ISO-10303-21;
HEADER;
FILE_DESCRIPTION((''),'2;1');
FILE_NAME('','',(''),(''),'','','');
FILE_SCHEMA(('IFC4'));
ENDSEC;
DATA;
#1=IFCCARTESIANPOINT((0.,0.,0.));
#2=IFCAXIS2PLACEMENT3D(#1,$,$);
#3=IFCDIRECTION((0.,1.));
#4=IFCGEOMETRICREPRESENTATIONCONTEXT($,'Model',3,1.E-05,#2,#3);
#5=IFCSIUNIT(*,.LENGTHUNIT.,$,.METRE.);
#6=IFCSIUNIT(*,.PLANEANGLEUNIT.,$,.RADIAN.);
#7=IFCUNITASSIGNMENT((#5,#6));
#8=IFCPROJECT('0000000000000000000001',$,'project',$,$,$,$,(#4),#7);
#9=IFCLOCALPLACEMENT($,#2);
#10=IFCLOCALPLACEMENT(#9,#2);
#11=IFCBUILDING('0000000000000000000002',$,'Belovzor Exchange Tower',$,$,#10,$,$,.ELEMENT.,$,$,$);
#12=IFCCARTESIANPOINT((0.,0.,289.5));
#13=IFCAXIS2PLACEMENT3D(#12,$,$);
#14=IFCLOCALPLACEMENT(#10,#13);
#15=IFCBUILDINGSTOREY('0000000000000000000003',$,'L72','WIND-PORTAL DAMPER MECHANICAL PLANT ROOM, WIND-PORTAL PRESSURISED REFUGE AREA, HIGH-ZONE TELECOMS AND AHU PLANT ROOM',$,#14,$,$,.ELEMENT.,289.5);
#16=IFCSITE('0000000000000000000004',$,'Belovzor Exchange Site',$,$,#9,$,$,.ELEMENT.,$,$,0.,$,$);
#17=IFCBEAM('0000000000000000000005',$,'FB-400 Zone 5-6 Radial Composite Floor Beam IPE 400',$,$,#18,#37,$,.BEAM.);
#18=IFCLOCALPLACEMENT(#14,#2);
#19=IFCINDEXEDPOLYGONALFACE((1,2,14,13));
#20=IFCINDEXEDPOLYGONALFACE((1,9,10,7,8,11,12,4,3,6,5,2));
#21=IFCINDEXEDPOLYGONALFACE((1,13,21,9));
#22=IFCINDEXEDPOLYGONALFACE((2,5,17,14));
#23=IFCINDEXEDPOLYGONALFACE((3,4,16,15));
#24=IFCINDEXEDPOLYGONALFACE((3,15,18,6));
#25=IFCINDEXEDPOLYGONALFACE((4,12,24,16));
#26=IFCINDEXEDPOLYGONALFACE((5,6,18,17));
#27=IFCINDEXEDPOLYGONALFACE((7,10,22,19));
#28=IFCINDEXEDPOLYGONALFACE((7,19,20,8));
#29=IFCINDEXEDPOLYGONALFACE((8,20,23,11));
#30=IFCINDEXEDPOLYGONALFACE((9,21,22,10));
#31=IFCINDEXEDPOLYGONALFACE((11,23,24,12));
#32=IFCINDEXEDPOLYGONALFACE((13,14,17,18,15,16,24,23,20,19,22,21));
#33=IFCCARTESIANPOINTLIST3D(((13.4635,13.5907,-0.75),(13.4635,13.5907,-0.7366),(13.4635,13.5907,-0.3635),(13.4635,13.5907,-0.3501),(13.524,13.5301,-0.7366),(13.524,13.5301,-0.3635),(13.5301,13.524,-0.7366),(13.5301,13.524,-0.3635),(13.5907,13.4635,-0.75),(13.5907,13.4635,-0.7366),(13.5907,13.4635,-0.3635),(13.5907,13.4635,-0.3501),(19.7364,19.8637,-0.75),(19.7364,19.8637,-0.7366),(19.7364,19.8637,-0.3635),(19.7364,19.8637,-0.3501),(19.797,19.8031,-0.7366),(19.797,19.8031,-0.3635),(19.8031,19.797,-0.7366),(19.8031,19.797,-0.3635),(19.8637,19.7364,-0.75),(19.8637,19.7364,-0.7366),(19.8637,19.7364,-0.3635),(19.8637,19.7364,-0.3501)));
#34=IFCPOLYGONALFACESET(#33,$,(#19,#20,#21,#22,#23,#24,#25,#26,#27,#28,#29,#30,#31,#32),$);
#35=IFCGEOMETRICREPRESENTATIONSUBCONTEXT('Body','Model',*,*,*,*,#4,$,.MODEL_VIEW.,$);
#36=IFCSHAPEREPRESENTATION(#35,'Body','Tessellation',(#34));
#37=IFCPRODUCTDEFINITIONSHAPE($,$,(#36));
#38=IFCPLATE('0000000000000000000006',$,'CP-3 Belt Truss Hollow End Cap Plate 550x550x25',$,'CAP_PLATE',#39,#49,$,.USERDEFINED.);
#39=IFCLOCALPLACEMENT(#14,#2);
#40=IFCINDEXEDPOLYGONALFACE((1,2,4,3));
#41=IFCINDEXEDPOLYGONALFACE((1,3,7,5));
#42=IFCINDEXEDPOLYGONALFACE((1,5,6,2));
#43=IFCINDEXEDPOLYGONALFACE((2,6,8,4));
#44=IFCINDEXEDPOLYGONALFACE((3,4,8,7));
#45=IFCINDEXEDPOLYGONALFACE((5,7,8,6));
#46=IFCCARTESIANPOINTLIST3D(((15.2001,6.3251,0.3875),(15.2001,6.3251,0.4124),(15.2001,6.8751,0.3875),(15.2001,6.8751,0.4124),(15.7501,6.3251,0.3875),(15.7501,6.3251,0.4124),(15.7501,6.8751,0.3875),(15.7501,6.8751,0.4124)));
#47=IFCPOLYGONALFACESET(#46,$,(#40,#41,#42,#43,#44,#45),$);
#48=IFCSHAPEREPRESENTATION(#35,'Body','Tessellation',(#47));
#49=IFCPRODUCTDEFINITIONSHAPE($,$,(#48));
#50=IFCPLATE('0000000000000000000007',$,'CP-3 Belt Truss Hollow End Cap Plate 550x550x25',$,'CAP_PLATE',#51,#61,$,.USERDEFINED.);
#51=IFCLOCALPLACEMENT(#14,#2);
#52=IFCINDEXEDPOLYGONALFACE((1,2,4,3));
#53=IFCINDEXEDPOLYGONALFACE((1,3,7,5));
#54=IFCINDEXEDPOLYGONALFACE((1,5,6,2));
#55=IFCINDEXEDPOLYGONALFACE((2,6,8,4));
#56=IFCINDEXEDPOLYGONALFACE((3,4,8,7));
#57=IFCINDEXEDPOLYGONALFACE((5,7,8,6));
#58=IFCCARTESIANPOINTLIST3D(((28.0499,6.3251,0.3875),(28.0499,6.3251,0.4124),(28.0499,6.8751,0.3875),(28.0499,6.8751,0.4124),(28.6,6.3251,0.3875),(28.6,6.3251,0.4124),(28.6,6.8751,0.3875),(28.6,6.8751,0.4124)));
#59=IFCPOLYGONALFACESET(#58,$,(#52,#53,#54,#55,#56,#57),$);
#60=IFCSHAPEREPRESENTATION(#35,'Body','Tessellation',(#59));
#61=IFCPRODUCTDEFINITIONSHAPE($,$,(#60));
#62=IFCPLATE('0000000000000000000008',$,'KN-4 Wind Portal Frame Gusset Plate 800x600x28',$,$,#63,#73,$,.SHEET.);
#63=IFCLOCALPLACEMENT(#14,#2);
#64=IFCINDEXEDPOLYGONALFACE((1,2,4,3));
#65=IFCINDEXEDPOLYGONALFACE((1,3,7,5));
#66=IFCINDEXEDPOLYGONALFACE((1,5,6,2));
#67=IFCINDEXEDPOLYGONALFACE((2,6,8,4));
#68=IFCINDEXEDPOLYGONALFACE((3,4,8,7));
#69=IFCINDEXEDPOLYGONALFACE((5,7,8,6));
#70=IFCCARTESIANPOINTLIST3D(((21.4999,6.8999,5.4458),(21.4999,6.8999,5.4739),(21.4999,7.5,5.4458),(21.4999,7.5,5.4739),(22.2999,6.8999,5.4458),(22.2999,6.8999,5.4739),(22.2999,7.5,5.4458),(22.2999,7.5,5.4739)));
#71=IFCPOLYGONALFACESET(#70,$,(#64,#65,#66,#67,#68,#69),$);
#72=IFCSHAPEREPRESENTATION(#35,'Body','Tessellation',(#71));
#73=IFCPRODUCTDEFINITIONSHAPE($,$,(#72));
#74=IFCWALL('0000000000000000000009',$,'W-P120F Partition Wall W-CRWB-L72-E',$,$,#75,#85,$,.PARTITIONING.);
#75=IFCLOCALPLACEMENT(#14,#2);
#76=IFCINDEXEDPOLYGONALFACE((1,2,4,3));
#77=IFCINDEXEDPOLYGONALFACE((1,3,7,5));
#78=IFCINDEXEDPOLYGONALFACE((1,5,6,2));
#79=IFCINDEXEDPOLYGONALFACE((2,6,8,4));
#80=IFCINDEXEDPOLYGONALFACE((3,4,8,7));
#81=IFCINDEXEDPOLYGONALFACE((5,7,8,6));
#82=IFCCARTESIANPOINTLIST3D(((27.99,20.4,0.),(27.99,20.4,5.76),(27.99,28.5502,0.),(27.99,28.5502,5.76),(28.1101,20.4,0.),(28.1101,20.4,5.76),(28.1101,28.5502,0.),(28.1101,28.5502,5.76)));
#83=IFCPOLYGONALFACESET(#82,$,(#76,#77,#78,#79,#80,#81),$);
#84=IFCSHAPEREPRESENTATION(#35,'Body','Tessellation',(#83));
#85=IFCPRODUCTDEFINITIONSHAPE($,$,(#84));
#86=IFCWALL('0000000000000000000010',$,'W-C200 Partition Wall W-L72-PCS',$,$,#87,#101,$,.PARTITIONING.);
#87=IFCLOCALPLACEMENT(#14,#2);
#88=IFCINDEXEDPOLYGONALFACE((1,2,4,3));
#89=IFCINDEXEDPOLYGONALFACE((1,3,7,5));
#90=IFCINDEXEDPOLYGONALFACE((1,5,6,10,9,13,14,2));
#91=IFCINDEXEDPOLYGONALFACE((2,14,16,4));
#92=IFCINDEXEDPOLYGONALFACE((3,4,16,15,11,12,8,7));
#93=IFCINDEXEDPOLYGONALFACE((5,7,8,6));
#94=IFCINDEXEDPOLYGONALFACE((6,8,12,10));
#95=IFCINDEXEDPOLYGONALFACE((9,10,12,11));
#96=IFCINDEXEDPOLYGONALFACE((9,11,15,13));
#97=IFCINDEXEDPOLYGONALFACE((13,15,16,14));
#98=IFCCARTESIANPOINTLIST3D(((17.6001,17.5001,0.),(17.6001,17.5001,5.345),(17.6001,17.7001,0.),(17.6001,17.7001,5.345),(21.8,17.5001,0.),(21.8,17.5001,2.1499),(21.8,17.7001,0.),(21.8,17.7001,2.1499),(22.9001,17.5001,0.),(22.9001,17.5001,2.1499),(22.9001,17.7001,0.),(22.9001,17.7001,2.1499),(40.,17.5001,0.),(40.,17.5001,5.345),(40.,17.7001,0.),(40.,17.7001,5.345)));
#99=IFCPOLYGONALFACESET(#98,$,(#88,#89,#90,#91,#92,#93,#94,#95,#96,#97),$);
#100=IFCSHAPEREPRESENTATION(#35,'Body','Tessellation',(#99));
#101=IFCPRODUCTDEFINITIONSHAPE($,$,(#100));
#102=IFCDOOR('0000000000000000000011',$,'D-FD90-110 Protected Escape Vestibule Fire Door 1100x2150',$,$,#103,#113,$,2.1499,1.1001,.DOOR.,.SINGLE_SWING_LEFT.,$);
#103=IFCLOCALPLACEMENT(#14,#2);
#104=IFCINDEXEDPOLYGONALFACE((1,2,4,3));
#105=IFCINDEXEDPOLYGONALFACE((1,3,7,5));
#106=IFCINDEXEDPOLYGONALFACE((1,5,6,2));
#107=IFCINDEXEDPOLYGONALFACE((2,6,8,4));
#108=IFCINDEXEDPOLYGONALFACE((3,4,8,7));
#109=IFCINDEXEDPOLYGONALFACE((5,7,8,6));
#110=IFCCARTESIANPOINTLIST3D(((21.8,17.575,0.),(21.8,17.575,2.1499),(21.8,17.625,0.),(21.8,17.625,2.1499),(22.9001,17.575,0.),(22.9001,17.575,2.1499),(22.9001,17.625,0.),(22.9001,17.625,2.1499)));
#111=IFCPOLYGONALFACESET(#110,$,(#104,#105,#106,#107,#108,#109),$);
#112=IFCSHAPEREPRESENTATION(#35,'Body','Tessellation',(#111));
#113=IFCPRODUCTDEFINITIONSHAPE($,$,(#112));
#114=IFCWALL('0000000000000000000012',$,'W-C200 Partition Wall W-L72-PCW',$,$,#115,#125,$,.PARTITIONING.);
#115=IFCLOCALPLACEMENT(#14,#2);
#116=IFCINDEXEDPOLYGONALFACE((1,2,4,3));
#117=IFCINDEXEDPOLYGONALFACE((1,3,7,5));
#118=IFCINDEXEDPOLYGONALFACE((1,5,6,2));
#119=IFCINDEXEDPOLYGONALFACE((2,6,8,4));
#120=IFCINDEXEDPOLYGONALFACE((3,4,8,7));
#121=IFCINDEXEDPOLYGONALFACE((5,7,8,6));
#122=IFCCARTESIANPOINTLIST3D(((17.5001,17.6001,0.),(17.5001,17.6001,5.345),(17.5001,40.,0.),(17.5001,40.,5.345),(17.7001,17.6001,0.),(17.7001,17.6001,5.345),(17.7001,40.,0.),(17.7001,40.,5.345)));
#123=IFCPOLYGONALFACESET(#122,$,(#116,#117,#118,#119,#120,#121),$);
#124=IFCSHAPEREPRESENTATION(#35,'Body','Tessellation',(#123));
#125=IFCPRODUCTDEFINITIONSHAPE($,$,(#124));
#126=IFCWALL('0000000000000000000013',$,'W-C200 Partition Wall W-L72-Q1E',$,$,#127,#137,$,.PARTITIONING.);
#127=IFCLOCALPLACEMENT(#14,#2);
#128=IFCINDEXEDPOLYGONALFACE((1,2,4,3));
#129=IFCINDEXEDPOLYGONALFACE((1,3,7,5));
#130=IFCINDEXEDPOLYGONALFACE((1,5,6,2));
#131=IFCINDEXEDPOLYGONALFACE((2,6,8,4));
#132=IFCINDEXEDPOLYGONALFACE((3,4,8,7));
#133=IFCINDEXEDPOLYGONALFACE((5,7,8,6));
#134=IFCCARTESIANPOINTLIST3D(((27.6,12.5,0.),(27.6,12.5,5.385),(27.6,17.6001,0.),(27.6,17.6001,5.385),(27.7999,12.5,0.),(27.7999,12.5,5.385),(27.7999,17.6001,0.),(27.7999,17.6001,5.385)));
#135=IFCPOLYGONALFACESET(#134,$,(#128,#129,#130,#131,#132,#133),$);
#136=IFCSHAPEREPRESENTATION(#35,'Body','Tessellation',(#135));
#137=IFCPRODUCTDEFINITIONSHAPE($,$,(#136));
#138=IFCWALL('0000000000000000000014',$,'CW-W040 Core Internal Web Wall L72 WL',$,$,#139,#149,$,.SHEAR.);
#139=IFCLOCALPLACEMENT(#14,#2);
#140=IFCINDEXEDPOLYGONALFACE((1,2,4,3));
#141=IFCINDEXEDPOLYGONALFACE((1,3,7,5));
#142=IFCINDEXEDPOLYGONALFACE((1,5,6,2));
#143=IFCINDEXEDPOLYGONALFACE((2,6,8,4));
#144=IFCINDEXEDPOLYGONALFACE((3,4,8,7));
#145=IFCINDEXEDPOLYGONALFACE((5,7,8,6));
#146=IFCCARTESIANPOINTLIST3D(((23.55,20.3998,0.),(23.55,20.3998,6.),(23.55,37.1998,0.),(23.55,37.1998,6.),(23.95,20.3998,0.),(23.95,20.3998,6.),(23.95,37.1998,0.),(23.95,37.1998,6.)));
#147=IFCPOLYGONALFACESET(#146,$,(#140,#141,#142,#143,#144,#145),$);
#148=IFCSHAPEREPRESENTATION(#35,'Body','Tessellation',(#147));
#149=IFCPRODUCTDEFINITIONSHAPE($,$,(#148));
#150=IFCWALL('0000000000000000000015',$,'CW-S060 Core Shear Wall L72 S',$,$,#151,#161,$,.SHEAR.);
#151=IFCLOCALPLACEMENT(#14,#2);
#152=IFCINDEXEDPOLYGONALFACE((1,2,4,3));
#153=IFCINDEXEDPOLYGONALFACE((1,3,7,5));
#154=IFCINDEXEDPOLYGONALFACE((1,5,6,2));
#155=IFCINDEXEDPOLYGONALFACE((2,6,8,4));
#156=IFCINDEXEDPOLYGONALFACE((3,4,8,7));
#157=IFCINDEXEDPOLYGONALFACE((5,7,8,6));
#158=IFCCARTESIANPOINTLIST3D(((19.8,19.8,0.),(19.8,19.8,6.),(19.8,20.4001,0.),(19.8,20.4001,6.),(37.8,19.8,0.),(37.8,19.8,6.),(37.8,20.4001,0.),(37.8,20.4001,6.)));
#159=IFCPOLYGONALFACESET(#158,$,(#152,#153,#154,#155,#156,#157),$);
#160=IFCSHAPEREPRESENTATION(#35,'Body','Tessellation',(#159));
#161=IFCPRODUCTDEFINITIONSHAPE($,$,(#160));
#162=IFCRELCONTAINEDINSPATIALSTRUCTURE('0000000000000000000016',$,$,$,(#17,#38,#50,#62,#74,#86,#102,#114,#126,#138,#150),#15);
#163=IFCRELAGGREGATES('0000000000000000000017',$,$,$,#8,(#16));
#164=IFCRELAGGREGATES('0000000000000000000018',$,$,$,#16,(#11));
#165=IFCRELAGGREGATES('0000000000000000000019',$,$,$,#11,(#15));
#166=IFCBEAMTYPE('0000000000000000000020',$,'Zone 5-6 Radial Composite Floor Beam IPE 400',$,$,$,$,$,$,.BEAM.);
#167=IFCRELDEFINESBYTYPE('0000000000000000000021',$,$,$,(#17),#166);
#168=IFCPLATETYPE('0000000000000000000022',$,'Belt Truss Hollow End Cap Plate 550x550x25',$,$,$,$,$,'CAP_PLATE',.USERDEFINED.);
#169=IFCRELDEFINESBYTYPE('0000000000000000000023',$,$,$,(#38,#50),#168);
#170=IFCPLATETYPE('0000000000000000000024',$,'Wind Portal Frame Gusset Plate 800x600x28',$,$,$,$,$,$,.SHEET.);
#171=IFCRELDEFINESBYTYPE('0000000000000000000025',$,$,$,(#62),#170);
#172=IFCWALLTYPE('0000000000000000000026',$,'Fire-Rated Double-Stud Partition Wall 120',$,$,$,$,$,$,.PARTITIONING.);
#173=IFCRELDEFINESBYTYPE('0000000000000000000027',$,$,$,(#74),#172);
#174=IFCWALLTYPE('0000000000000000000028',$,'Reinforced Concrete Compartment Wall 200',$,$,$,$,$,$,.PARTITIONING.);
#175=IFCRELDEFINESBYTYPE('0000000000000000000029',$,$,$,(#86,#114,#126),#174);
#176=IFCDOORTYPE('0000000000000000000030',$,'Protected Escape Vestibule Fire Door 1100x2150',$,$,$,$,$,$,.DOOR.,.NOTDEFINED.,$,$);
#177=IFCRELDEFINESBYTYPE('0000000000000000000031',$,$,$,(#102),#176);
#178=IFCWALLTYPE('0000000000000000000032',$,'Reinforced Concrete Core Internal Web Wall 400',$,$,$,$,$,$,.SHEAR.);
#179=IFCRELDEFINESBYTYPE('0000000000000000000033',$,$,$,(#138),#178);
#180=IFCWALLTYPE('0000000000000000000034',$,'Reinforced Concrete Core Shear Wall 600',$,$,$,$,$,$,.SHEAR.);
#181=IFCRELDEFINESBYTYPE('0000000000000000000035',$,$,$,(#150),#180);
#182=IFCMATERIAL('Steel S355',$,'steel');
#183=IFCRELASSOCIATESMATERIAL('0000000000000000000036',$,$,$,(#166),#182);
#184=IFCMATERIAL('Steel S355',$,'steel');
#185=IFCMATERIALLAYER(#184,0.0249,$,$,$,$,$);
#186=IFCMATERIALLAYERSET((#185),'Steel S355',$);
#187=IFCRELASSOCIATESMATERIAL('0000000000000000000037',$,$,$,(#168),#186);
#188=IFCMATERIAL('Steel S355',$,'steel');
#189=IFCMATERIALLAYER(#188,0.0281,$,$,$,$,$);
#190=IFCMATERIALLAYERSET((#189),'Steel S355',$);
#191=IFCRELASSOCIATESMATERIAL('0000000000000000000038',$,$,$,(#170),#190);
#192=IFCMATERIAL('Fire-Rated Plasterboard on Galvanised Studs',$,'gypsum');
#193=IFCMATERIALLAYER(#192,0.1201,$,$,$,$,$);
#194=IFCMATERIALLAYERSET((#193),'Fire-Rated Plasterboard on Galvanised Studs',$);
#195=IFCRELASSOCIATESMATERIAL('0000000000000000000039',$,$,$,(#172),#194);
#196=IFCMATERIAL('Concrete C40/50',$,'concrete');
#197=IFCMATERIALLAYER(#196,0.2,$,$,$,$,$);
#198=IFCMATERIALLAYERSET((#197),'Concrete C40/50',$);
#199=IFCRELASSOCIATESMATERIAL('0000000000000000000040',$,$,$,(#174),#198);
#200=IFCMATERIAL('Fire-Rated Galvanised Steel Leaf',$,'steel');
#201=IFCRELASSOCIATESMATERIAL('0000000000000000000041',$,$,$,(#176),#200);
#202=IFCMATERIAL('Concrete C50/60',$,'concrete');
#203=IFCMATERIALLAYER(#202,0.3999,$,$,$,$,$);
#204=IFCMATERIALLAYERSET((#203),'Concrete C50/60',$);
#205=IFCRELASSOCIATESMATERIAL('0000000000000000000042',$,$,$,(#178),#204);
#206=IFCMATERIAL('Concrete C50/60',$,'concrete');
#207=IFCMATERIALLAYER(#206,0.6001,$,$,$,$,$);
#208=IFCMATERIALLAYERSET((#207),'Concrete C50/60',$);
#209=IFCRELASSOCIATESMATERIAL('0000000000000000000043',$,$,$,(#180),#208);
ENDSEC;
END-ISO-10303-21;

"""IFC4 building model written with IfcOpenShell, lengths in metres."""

from ifc_helpers import new_model, si_unit, direction, frame, frame_2d, origin, origin_2d, place, context, subcontext, project, spatial, rectangle, i_section, extrude, material, layer, layer_set, material_profile, profile_set, type_object, element, fill, save


model = new_model("IFC4")

# Units and contexts
model_context = context("Model", 3, precision=1e-05, world=origin(), true_north=direction((0.0, 1.0)))
body_context = subcontext(model_context, "Body", "Model", "MODEL_VIEW")
ifc_project = project(units=[si_unit("LENGTHUNIT", "METRE"), si_unit("PLANEANGLEUNIT", "RADIAN")], contexts=[model_context])

# Site, building, storey
site_placement = place(None, origin())
site = spatial("IfcSite", under=ifc_project, at=site_placement, Name="Belovzor Exchange Site", CompositionType="ELEMENT", RefElevation=0.0)
building_placement = place(site_placement, origin())
building = spatial("IfcBuilding", under=site, at=building_placement, Name="Belovzor Exchange Tower", CompositionType="ELEMENT")
storey_placement = place(building_placement, frame((0.0, 0.0, 289.5)))
storey = spatial("IfcBuildingStorey", under=building, at=storey_placement, Name="L72", Description="WIND-PORTAL DAMPER MECHANICAL PLANT ROOM, WIND-PORTAL PRESSURISED REFUGE AREA, HIGH-ZONE TELECOMS AND AHU PLANT ROOM", CompositionType="ELEMENT", Elevation=289.5)

# Beam
ifc_material_1 = material(Name="Steel S355", Category="steel")
ifc_material_profile_1 = material_profile(ifc_material_1, i_section(OverallWidth=0.1799, OverallDepth=0.3999, WebThickness=0.0085, FlangeThickness=0.0134, at=origin_2d()))
ifc_profile_set_1 = profile_set([ifc_material_profile_1], Name="Steel S355")
beam_type_1 = type_object("IfcBeamType", Name="Zone 5-6 Radial Composite Floor Beam IPE 400", PredefinedType="BEAM", material=ifc_profile_set_1)
beam_1_placement = place(storey_placement, frame((19.8, 19.8, -0.55), z_axis=(-0.707107, -0.707107, 0.0), x_axis=(0.707107, -0.707107, 0.0)))
element("IfcBeam", 1, at=beam_1_placement, inside=storey, type_object=beam_type_1, Name="FB-400 Zone 5-6 Radial Composite Floor Beam IPE 400", PredefinedType="BEAM", context=body_context, shape_type="SweptSolid", body=[
    extrude(i_section(OverallWidth=0.1799, OverallDepth=0.3999, WebThickness=0.0085, FlangeThickness=0.0134, at=origin_2d()), origin(), (0.0, 0.0, 1.0), 8.8713),
])

# Plates
ifc_material_2 = material(Name="Steel S355", Category="steel")
ifc_layer_1 = layer(ifc_material_2, 0.0249)
ifc_layer_set_1 = layer_set([ifc_layer_1], Name="Steel S355")
plate_type_1 = type_object("IfcPlateType", Name="Belt Truss Hollow End Cap Plate 550x550x25", ElementType="CAP_PLATE", PredefinedType="USERDEFINED", material=ifc_layer_set_1)
for number, where, z_axis, x_axis, name in (
    (2, (15.4751, 6.6001, 0.3875), (0.0, 0.0, 1.0), (1.0, 0.0, 0.0), "CP-3 Belt Truss Hollow End Cap Plate 550x550x25"),
    (3, (28.325, 6.6001, 0.3875), (0.0, 0.0, 1.0), (1.0, 0.0, 0.0), "CP-3 Belt Truss Hollow End Cap Plate 550x550x25"),
):
    element("IfcPlate", number, at=place(storey_placement, frame(where, z_axis=z_axis, x_axis=x_axis)), inside=storey, type_object=plate_type_1, Name=name, ObjectType="CAP_PLATE", PredefinedType="USERDEFINED", context=body_context, shape_type="SweptSolid", body=[
        extrude(rectangle(XDim=0.55, YDim=0.55, at=origin_2d()), origin(), (0.0, 0.0, 1.0), 0.0249),
    ])
ifc_material_3 = material(Name="Steel S355", Category="steel")
ifc_layer_2 = layer(ifc_material_3, 0.0281)
ifc_layer_set_2 = layer_set([ifc_layer_2], Name="Steel S355")
plate_type_2 = type_object("IfcPlateType", Name="Wind Portal Frame Gusset Plate 800x600x28", PredefinedType="SHEET", material=ifc_layer_set_2)
plate_placement = place(storey_placement, frame((21.8999, 7.2, 5.4458), z_axis=(0.0, 0.0, 1.0), x_axis=(1.0, 0.0, 0.0)))
element("IfcPlate", 4, at=plate_placement, inside=storey, type_object=plate_type_2, Name="KN-4 Wind Portal Frame Gusset Plate 800x600x28", PredefinedType="SHEET", context=body_context, shape_type="SweptSolid", body=[
    extrude(rectangle(XDim=0.8, YDim=0.6001, at=origin_2d()), origin(), (0.0, 0.0, 1.0), 0.0281),
])

# Wall
ifc_material_4 = material(Name="Fire-Rated Plasterboard on Galvanised Studs", Category="gypsum")
ifc_layer_3 = layer(ifc_material_4, 0.1201)
ifc_layer_set_3 = layer_set([ifc_layer_3], Name="Fire-Rated Plasterboard on Galvanised Studs")
wall_type_1 = type_object("IfcWallType", Name="Fire-Rated Double-Stud Partition Wall 120", PredefinedType="PARTITIONING", material=ifc_layer_set_3)
wall_1_placement = place(storey_placement, frame((28.05, 20.3999, 0.0), z_axis=(0.0, 0.0, 1.0), x_axis=(0.0, 1.0, 0.0)))
element("IfcWall", 5, at=wall_1_placement, inside=storey, type_object=wall_type_1, Name="W-P120F Partition Wall W-CRWB-L72-E", PredefinedType="PARTITIONING", context=body_context, shape_type="SweptSolid", body=[
    extrude(rectangle(XDim=8.1501, YDim=0.1201, at=frame_2d((4.0752, 0.0))), origin(), (0.0, 0.0, 1.0), 5.76),
])

# Wall, opening, door
ifc_material_5 = material(Name="Concrete C40/50", Category="concrete")
ifc_layer_4 = layer(ifc_material_5, 0.2)
ifc_layer_set_4 = layer_set([ifc_layer_4], Name="Concrete C40/50")
wall_type_2 = type_object("IfcWallType", Name="Reinforced Concrete Compartment Wall 200", PredefinedType="PARTITIONING", material=ifc_layer_set_4)
wall_2_placement = place(storey_placement, frame((17.6001, 17.6001, 0.0), z_axis=(0.0, 0.0, 1.0), x_axis=(1.0, 0.0, 0.0)))
wall_2 = element("IfcWall", 6, at=wall_2_placement, inside=storey, type_object=wall_type_2, Name="W-C200 Partition Wall W-L72-PCS", PredefinedType="PARTITIONING", context=body_context, shape_type="SweptSolid", body=[
    extrude(rectangle(XDim=22.3999, YDim=0.2, at=frame_2d((11.2, 0.0))), origin(), (0.0, 0.0, 1.0), 5.345),
])
opening_1_placement = place(wall_2_placement, frame((4.2, 0.0, 0.0)))
opening_1 = element("IfcOpeningElement", 7, at=opening_1_placement, cuts=wall_2, PredefinedType="OPENING", context=body_context, shape_type="SweptSolid", body=[
    extrude(rectangle(XDim=1.1001, YDim=2.1499, at=frame_2d((0.55, 1.075))), frame((0.0, 0.1099, 0.0), z_axis=(0.0, -1.0, 0.0), x_axis=(1.0, 0.0, 0.0)), (0.0, 0.0, 1.0), 0.22),
])
ifc_material_6 = material(Name="Fire-Rated Galvanised Steel Leaf", Category="steel")
door_type = type_object("IfcDoorType", Name="Protected Escape Vestibule Fire Door 1100x2150", OperationType="NOTDEFINED", PredefinedType="DOOR", material=ifc_material_6)
door_1_placement = place(opening_1_placement, origin())
door_1 = element("IfcDoor", 8, at=door_1_placement, inside=storey, type_object=door_type, Name="D-FD90-110 Protected Escape Vestibule Fire Door 1100x2150", OperationType="SINGLE_SWING_LEFT", OverallHeight=2.1499, OverallWidth=1.1001, PredefinedType="DOOR", context=body_context, shape_type="SweptSolid", body=[
    extrude(rectangle(XDim=1.1001, YDim=2.1499, at=frame_2d((0.55, 1.075))), frame((0.0, 0.0249, 0.0), z_axis=(0.0, -1.0, 0.0), x_axis=(1.0, 0.0, 0.0)), (0.0, 0.0, 1.0), 0.05),
])
fill(opening_1, door_1)

# Walls
wall_3_placement = place(storey_placement, frame((17.6001, 17.6001, 0.0), z_axis=(0.0, 0.0, 1.0), x_axis=(0.0, 1.0, 0.0)))
element("IfcWall", 9, at=wall_3_placement, inside=storey, type_object=wall_type_2, Name="W-C200 Partition Wall W-L72-PCW", PredefinedType="PARTITIONING", context=body_context, shape_type="SweptSolid", body=[
    extrude(rectangle(XDim=22.3999, YDim=0.2, at=frame_2d((11.2, 0.0))), origin(), (0.0, 0.0, 1.0), 5.345),
])
wall_4_placement = place(storey_placement, frame((27.7, 12.5, 0.0), z_axis=(0.0, 0.0, 1.0), x_axis=(0.0, 1.0, 0.0)))
element("IfcWall", 10, at=wall_4_placement, inside=storey, type_object=wall_type_2, Name="W-C200 Partition Wall W-L72-Q1E", PredefinedType="PARTITIONING", context=body_context, shape_type="SweptSolid", body=[
    extrude(rectangle(XDim=5.1001, YDim=0.2, at=frame_2d((2.55, 0.0))), origin(), (0.0, 0.0, 1.0), 5.385),
])
ifc_material_7 = material(Name="Concrete C50/60", Category="concrete")
ifc_layer_5 = layer(ifc_material_7, 0.3999)
ifc_layer_set_5 = layer_set([ifc_layer_5], Name="Concrete C50/60")
wall_type_3 = type_object("IfcWallType", Name="Reinforced Concrete Core Internal Web Wall 400", PredefinedType="SHEAR", material=ifc_layer_set_5)
wall_5_placement = place(storey_placement, frame((23.75, 20.3999, 0.0), z_axis=(0.0, 0.0, 1.0), x_axis=(0.0, 1.0, 0.0)))
element("IfcWall", 11, at=wall_5_placement, inside=storey, type_object=wall_type_3, Name="CW-W040 Core Internal Web Wall L72 WL", PredefinedType="SHEAR", context=body_context, shape_type="SweptSolid", body=[
    extrude(rectangle(XDim=16.8, YDim=0.3999, at=frame_2d((8.3999, 0.0))), origin(), (0.0, 0.0, 1.0), 6.0),
])
ifc_material_8 = material(Name="Concrete C50/60", Category="concrete")
ifc_layer_6 = layer(ifc_material_8, 0.6001)
ifc_layer_set_6 = layer_set([ifc_layer_6], Name="Concrete C50/60")
wall_type_4 = type_object("IfcWallType", Name="Reinforced Concrete Core Shear Wall 600", PredefinedType="SHEAR", material=ifc_layer_set_6)
wall_6_placement = place(storey_placement, frame((19.8, 20.1001, 0.0), z_axis=(0.0, 0.0, 1.0), x_axis=(1.0, 0.0, 0.0)))
element("IfcWall", 12, at=wall_6_placement, inside=storey, type_object=wall_type_4, Name="CW-S060 Core Shear Wall L72 S", PredefinedType="SHEAR", context=body_context, shape_type="SweptSolid", body=[
    extrude(rectangle(XDim=18.0, YDim=0.6001, at=frame_2d((9.0, 0.0))), origin(), (0.0, 0.0, 1.0), 6.0),
])

save(model, "model.ifc")
